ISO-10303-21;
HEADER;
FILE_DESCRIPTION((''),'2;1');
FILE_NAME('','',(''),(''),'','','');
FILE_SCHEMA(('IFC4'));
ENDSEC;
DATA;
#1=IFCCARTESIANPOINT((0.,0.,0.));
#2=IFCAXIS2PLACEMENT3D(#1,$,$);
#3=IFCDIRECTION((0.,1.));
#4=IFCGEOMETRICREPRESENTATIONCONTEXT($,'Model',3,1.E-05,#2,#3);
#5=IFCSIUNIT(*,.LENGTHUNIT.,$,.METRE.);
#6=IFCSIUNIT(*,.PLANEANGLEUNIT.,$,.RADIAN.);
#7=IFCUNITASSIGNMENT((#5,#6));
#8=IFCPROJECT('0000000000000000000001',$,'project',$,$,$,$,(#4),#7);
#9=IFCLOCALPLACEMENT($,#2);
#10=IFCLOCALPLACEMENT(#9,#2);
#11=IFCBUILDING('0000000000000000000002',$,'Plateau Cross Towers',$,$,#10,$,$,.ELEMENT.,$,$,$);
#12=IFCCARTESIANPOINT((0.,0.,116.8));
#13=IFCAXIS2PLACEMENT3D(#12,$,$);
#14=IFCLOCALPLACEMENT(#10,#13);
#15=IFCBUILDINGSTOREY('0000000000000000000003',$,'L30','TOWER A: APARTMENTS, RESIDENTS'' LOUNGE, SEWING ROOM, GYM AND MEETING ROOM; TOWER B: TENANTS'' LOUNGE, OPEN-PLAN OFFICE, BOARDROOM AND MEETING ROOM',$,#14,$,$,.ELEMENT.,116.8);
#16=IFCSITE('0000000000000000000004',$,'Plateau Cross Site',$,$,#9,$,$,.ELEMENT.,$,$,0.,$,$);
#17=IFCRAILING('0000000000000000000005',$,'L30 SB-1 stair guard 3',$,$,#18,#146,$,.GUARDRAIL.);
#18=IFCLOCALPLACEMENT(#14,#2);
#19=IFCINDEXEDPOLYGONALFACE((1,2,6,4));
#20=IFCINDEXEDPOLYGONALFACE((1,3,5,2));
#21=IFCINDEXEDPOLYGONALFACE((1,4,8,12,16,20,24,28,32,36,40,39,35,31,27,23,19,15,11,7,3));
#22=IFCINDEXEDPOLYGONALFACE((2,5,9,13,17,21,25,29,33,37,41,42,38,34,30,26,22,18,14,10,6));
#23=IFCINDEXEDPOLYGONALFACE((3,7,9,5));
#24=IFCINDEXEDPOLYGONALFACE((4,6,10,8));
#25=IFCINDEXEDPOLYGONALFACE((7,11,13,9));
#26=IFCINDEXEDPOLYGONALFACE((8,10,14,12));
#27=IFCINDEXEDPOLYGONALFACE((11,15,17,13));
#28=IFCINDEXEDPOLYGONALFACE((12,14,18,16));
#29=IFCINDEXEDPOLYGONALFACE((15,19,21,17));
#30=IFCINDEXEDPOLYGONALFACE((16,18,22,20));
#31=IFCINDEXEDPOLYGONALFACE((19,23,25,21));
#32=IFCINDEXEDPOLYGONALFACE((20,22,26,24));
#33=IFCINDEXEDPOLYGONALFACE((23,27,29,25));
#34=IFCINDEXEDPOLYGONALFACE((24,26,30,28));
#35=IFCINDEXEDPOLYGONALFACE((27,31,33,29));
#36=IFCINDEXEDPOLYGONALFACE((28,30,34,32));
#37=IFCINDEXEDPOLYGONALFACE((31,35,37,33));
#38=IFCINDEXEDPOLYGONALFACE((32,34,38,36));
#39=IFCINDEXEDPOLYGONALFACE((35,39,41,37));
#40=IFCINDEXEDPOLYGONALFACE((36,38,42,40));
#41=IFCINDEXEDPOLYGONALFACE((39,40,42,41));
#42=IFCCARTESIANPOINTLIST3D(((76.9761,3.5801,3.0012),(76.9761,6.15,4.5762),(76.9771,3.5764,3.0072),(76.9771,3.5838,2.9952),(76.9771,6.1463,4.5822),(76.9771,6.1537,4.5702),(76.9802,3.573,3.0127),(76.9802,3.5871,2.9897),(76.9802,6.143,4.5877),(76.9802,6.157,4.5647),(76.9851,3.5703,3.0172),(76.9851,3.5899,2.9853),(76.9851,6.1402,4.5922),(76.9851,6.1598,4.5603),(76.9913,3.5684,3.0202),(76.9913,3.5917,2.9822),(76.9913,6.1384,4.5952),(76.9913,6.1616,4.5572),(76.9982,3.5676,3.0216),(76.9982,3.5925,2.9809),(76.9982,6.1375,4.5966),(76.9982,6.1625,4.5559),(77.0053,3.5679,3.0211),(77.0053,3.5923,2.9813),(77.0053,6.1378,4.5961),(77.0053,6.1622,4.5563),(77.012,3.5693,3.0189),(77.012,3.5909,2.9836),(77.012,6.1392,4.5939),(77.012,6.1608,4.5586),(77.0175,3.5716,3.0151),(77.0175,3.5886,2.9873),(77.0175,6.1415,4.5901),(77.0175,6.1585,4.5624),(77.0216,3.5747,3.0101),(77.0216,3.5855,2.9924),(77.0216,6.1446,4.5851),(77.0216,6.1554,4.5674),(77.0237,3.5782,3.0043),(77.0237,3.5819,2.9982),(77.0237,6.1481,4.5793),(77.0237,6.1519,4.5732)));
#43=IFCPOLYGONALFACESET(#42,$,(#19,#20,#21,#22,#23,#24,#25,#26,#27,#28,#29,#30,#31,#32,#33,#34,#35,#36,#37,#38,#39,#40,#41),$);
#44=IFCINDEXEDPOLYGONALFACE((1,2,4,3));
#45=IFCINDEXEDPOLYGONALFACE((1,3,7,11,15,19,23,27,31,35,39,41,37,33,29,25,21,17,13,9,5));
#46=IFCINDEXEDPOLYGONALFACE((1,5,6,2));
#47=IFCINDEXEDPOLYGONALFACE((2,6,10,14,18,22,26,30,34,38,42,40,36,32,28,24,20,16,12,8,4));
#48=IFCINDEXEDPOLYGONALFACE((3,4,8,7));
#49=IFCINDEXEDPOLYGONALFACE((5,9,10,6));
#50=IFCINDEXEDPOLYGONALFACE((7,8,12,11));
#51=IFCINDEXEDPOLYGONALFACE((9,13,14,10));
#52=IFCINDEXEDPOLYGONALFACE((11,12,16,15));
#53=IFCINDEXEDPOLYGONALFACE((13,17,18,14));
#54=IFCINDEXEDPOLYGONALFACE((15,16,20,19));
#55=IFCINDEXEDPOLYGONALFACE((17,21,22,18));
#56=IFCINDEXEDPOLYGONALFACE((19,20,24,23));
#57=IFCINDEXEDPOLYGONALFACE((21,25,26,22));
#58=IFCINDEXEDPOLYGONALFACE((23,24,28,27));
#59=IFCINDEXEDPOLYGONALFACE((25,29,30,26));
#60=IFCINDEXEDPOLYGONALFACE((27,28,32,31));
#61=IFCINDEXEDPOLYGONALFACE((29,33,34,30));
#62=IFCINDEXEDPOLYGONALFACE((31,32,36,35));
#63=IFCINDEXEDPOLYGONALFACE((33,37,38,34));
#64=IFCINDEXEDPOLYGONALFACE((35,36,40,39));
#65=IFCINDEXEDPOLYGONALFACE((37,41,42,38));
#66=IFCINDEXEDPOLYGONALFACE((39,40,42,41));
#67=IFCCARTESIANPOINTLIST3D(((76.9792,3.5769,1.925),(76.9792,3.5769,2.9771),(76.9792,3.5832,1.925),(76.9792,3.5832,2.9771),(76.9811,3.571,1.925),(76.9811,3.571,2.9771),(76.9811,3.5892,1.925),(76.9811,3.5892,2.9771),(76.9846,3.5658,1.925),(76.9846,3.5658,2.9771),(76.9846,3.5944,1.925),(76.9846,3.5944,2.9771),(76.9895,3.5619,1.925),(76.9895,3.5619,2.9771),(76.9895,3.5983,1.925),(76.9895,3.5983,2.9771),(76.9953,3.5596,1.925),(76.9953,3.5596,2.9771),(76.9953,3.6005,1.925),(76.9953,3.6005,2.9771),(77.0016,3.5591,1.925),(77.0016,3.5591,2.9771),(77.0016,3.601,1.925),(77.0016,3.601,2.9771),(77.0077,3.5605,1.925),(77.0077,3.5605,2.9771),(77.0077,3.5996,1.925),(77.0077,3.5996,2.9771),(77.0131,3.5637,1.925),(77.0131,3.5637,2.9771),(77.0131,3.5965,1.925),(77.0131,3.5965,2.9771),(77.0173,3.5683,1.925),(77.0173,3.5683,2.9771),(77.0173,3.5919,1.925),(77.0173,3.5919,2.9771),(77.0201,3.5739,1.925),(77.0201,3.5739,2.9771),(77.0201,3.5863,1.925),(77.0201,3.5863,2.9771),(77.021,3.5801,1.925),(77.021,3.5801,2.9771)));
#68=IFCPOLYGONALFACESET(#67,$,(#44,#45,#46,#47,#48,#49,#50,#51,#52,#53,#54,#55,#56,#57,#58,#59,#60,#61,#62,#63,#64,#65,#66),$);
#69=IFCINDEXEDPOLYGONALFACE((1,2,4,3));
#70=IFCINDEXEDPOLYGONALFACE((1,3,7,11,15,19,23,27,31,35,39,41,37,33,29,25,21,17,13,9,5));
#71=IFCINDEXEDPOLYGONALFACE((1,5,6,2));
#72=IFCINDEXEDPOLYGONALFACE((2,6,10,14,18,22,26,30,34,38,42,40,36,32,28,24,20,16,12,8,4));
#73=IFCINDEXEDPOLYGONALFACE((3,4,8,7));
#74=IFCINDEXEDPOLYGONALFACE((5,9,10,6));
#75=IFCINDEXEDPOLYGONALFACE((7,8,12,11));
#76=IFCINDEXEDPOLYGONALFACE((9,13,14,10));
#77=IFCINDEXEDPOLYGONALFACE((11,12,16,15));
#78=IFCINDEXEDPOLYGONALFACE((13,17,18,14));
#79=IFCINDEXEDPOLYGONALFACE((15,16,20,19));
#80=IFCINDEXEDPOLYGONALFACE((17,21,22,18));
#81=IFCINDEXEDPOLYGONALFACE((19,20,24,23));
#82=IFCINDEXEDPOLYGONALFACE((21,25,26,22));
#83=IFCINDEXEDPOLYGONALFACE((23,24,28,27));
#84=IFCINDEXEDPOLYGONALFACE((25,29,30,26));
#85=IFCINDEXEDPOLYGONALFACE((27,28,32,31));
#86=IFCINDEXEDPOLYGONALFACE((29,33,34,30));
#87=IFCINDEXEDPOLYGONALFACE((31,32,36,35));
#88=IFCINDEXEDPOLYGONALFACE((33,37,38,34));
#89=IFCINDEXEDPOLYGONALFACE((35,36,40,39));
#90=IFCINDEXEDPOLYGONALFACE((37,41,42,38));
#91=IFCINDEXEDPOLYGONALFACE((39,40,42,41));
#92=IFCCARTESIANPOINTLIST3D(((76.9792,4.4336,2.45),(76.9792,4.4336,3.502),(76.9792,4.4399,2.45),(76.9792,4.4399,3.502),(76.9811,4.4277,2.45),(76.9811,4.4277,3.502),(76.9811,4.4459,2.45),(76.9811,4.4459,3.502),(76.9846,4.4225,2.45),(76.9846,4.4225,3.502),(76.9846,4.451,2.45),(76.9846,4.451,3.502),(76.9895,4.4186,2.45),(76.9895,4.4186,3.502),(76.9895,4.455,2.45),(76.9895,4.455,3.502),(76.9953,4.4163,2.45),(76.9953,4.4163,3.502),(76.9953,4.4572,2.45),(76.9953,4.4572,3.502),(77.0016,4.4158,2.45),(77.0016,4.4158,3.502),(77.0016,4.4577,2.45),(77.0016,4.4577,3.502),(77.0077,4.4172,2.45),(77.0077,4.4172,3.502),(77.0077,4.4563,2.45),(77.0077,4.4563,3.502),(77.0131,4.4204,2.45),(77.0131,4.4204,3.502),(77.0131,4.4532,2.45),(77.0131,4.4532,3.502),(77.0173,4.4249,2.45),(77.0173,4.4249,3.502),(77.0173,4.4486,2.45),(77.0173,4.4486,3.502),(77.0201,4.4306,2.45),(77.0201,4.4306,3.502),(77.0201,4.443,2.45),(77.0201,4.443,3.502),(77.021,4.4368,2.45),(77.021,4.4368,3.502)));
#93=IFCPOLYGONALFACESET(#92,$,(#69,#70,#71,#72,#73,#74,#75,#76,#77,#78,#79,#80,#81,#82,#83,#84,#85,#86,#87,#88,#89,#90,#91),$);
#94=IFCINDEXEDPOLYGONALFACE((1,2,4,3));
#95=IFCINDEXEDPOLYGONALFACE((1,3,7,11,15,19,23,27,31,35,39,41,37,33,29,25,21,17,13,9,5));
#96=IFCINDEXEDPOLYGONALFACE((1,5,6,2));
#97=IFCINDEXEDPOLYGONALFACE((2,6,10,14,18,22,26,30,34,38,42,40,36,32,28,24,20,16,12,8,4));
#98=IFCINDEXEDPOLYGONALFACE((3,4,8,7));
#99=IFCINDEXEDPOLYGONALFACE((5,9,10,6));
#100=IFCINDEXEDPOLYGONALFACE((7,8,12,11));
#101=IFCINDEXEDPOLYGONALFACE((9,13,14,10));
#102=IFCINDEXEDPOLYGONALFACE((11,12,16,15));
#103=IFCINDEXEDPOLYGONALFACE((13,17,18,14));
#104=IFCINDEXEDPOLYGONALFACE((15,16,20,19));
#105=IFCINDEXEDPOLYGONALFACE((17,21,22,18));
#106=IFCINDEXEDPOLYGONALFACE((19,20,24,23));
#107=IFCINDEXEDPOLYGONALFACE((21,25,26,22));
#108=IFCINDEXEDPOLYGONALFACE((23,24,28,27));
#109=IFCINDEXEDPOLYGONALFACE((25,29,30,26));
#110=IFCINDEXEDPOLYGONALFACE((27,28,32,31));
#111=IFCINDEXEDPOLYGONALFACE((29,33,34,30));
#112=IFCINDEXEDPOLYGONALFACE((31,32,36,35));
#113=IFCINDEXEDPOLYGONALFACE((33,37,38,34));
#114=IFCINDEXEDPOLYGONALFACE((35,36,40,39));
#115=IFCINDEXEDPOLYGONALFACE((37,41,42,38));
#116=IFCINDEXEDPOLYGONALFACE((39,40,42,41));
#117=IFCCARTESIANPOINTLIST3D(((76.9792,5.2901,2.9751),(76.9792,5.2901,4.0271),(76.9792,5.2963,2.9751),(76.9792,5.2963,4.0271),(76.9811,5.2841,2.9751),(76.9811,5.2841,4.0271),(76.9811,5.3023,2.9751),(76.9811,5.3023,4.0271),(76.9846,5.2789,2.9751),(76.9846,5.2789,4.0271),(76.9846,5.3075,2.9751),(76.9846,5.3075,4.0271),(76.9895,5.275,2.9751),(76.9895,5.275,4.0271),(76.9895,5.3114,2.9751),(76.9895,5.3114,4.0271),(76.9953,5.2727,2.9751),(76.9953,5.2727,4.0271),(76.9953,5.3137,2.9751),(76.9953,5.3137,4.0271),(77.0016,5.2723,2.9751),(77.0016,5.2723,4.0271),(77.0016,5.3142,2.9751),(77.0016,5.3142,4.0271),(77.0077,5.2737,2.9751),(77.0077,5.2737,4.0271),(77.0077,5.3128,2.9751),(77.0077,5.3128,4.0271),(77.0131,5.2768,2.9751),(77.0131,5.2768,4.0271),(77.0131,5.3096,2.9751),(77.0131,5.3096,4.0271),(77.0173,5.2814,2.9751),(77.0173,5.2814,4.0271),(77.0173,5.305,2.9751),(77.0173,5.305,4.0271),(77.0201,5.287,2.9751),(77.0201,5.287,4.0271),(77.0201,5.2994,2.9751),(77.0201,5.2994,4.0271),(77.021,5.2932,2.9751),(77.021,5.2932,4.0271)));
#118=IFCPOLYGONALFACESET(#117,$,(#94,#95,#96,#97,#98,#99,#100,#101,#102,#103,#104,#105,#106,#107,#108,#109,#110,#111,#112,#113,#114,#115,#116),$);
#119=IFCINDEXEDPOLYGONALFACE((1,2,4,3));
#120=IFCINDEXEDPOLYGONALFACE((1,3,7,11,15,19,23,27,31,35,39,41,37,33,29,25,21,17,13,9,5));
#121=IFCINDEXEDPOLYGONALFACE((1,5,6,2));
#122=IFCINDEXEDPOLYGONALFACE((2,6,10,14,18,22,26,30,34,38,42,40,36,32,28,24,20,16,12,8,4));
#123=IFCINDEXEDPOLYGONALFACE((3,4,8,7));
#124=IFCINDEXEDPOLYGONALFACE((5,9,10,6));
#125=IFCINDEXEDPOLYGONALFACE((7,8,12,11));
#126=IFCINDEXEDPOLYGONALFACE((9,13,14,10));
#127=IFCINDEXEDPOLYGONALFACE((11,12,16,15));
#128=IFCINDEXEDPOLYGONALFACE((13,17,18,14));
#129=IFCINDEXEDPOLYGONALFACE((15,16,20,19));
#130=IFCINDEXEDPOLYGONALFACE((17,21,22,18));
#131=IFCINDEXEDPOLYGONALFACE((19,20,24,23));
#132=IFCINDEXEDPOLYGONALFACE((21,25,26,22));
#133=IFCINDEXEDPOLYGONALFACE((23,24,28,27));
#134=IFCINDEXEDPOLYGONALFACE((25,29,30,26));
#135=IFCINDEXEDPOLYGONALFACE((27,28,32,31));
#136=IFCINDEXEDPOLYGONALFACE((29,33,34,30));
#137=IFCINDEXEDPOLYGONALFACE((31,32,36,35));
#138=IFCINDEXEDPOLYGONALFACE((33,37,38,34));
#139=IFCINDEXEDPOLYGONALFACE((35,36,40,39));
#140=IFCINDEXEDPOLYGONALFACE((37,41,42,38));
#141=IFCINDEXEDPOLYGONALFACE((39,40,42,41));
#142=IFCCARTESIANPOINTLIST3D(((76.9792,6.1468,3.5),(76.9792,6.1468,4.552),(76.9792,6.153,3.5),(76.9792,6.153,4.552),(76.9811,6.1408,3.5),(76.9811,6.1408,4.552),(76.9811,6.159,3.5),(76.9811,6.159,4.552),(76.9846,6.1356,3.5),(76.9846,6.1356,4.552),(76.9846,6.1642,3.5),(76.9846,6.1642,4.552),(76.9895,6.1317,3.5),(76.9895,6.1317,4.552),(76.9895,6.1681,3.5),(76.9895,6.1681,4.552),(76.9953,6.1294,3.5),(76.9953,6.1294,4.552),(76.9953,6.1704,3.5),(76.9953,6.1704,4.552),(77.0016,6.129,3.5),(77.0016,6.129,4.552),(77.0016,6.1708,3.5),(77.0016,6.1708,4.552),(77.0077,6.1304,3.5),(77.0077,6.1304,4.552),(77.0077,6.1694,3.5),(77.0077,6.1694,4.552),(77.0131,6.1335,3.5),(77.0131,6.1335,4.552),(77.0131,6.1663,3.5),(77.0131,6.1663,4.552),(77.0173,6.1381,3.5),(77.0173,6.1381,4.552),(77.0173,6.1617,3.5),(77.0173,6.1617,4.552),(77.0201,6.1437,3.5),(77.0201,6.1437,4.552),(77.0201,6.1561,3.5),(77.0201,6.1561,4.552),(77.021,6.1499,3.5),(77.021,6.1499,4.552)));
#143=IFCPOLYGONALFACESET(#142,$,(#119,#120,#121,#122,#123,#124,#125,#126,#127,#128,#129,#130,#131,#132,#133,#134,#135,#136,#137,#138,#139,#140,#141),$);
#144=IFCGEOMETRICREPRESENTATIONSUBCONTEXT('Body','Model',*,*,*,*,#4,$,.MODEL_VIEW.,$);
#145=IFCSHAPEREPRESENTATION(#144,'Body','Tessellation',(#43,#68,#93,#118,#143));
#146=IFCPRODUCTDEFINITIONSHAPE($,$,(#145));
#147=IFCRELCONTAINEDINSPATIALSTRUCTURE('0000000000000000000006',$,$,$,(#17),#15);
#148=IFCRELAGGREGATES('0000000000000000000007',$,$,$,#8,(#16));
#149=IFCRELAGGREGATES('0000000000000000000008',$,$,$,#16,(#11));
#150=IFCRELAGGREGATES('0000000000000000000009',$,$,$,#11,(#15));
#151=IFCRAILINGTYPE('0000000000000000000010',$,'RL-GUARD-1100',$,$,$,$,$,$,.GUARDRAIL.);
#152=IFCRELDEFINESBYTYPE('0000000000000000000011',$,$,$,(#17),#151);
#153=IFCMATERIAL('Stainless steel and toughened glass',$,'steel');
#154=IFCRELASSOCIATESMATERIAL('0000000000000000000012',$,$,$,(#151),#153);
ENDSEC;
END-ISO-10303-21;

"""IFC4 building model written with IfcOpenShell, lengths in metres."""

from ifc_helpers import new_model, si_unit, direction, frame, origin, origin_2d, place, context, subcontext, project, spatial, circle, extrude, material, type_object, element, save


model = new_model("IFC4")

# Units and contexts
model_context = context("Model", 3, precision=1e-05, world=origin(), true_north=direction((0.0, 1.0)))
body_context = subcontext(model_context, "Body", "Model", "MODEL_VIEW")
ifc_project = project(units=[si_unit("LENGTHUNIT", "METRE"), si_unit("PLANEANGLEUNIT", "RADIAN")], contexts=[model_context])

# Site, building, storey
site_placement = place(None, origin())
site = spatial("IfcSite", under=ifc_project, at=site_placement, Name="Plateau Cross Site", CompositionType="ELEMENT", RefElevation=0.0)
building_placement = place(site_placement, origin())
building = spatial("IfcBuilding", under=site, at=building_placement, Name="Plateau Cross Towers", CompositionType="ELEMENT")
storey_placement = place(building_placement, frame((0.0, 0.0, 116.8)))
storey = spatial("IfcBuildingStorey", under=building, at=storey_placement, Name="L30", Description="TOWER A: APARTMENTS, RESIDENTS' LOUNGE, SEWING ROOM, GYM AND MEETING ROOM; TOWER B: TENANTS' LOUNGE, OPEN-PLAN OFFICE, BOARDROOM AND MEETING ROOM", CompositionType="ELEMENT", Elevation=116.8)

# Railing
ifc_material_1 = material(Name="Stainless steel and toughened glass", Category="steel")
railing_type_1 = type_object("IfcRailingType", Name="RL-GUARD-1100", PredefinedType="GUARDRAIL", material=ifc_material_1)
railing_1_placement = place(storey_placement, frame((77.0, 3.5801, 1.925)))
element("IfcRailing", 1, at=railing_1_placement, inside=storey, type_object=railing_type_1, Name="L30 SB-1 stair guard 3", PredefinedType="GUARDRAIL", context=body_context, shape_type="SweptSolid", body=[
    extrude(circle(Radius=0.0239, at=origin_2d()), frame((0.0, 0.0, 1.0762), z_axis=(0.0, 0.852616, 0.522537), x_axis=(-1.0, 0.0, 0.0)), (0.0, 0.0, 1.0), 3.0142),
    extrude(circle(Radius=0.021, at=origin_2d()), origin(), (0.0, 0.0, 1.0), 1.052),
    extrude(circle(Radius=0.021, at=origin_2d()), frame((0.0, 0.8567, 0.5249)), (0.0, 0.0, 1.0), 1.052),
    extrude(circle(Radius=0.021, at=origin_2d()), frame((0.0, 1.7131, 1.05)), (0.0, 0.0, 1.0), 1.052),
    extrude(circle(Radius=0.021, at=origin_2d()), frame((0.0, 2.5698, 1.575)), (0.0, 0.0, 1.0), 1.052),
])

save(model, "model.ifc")
